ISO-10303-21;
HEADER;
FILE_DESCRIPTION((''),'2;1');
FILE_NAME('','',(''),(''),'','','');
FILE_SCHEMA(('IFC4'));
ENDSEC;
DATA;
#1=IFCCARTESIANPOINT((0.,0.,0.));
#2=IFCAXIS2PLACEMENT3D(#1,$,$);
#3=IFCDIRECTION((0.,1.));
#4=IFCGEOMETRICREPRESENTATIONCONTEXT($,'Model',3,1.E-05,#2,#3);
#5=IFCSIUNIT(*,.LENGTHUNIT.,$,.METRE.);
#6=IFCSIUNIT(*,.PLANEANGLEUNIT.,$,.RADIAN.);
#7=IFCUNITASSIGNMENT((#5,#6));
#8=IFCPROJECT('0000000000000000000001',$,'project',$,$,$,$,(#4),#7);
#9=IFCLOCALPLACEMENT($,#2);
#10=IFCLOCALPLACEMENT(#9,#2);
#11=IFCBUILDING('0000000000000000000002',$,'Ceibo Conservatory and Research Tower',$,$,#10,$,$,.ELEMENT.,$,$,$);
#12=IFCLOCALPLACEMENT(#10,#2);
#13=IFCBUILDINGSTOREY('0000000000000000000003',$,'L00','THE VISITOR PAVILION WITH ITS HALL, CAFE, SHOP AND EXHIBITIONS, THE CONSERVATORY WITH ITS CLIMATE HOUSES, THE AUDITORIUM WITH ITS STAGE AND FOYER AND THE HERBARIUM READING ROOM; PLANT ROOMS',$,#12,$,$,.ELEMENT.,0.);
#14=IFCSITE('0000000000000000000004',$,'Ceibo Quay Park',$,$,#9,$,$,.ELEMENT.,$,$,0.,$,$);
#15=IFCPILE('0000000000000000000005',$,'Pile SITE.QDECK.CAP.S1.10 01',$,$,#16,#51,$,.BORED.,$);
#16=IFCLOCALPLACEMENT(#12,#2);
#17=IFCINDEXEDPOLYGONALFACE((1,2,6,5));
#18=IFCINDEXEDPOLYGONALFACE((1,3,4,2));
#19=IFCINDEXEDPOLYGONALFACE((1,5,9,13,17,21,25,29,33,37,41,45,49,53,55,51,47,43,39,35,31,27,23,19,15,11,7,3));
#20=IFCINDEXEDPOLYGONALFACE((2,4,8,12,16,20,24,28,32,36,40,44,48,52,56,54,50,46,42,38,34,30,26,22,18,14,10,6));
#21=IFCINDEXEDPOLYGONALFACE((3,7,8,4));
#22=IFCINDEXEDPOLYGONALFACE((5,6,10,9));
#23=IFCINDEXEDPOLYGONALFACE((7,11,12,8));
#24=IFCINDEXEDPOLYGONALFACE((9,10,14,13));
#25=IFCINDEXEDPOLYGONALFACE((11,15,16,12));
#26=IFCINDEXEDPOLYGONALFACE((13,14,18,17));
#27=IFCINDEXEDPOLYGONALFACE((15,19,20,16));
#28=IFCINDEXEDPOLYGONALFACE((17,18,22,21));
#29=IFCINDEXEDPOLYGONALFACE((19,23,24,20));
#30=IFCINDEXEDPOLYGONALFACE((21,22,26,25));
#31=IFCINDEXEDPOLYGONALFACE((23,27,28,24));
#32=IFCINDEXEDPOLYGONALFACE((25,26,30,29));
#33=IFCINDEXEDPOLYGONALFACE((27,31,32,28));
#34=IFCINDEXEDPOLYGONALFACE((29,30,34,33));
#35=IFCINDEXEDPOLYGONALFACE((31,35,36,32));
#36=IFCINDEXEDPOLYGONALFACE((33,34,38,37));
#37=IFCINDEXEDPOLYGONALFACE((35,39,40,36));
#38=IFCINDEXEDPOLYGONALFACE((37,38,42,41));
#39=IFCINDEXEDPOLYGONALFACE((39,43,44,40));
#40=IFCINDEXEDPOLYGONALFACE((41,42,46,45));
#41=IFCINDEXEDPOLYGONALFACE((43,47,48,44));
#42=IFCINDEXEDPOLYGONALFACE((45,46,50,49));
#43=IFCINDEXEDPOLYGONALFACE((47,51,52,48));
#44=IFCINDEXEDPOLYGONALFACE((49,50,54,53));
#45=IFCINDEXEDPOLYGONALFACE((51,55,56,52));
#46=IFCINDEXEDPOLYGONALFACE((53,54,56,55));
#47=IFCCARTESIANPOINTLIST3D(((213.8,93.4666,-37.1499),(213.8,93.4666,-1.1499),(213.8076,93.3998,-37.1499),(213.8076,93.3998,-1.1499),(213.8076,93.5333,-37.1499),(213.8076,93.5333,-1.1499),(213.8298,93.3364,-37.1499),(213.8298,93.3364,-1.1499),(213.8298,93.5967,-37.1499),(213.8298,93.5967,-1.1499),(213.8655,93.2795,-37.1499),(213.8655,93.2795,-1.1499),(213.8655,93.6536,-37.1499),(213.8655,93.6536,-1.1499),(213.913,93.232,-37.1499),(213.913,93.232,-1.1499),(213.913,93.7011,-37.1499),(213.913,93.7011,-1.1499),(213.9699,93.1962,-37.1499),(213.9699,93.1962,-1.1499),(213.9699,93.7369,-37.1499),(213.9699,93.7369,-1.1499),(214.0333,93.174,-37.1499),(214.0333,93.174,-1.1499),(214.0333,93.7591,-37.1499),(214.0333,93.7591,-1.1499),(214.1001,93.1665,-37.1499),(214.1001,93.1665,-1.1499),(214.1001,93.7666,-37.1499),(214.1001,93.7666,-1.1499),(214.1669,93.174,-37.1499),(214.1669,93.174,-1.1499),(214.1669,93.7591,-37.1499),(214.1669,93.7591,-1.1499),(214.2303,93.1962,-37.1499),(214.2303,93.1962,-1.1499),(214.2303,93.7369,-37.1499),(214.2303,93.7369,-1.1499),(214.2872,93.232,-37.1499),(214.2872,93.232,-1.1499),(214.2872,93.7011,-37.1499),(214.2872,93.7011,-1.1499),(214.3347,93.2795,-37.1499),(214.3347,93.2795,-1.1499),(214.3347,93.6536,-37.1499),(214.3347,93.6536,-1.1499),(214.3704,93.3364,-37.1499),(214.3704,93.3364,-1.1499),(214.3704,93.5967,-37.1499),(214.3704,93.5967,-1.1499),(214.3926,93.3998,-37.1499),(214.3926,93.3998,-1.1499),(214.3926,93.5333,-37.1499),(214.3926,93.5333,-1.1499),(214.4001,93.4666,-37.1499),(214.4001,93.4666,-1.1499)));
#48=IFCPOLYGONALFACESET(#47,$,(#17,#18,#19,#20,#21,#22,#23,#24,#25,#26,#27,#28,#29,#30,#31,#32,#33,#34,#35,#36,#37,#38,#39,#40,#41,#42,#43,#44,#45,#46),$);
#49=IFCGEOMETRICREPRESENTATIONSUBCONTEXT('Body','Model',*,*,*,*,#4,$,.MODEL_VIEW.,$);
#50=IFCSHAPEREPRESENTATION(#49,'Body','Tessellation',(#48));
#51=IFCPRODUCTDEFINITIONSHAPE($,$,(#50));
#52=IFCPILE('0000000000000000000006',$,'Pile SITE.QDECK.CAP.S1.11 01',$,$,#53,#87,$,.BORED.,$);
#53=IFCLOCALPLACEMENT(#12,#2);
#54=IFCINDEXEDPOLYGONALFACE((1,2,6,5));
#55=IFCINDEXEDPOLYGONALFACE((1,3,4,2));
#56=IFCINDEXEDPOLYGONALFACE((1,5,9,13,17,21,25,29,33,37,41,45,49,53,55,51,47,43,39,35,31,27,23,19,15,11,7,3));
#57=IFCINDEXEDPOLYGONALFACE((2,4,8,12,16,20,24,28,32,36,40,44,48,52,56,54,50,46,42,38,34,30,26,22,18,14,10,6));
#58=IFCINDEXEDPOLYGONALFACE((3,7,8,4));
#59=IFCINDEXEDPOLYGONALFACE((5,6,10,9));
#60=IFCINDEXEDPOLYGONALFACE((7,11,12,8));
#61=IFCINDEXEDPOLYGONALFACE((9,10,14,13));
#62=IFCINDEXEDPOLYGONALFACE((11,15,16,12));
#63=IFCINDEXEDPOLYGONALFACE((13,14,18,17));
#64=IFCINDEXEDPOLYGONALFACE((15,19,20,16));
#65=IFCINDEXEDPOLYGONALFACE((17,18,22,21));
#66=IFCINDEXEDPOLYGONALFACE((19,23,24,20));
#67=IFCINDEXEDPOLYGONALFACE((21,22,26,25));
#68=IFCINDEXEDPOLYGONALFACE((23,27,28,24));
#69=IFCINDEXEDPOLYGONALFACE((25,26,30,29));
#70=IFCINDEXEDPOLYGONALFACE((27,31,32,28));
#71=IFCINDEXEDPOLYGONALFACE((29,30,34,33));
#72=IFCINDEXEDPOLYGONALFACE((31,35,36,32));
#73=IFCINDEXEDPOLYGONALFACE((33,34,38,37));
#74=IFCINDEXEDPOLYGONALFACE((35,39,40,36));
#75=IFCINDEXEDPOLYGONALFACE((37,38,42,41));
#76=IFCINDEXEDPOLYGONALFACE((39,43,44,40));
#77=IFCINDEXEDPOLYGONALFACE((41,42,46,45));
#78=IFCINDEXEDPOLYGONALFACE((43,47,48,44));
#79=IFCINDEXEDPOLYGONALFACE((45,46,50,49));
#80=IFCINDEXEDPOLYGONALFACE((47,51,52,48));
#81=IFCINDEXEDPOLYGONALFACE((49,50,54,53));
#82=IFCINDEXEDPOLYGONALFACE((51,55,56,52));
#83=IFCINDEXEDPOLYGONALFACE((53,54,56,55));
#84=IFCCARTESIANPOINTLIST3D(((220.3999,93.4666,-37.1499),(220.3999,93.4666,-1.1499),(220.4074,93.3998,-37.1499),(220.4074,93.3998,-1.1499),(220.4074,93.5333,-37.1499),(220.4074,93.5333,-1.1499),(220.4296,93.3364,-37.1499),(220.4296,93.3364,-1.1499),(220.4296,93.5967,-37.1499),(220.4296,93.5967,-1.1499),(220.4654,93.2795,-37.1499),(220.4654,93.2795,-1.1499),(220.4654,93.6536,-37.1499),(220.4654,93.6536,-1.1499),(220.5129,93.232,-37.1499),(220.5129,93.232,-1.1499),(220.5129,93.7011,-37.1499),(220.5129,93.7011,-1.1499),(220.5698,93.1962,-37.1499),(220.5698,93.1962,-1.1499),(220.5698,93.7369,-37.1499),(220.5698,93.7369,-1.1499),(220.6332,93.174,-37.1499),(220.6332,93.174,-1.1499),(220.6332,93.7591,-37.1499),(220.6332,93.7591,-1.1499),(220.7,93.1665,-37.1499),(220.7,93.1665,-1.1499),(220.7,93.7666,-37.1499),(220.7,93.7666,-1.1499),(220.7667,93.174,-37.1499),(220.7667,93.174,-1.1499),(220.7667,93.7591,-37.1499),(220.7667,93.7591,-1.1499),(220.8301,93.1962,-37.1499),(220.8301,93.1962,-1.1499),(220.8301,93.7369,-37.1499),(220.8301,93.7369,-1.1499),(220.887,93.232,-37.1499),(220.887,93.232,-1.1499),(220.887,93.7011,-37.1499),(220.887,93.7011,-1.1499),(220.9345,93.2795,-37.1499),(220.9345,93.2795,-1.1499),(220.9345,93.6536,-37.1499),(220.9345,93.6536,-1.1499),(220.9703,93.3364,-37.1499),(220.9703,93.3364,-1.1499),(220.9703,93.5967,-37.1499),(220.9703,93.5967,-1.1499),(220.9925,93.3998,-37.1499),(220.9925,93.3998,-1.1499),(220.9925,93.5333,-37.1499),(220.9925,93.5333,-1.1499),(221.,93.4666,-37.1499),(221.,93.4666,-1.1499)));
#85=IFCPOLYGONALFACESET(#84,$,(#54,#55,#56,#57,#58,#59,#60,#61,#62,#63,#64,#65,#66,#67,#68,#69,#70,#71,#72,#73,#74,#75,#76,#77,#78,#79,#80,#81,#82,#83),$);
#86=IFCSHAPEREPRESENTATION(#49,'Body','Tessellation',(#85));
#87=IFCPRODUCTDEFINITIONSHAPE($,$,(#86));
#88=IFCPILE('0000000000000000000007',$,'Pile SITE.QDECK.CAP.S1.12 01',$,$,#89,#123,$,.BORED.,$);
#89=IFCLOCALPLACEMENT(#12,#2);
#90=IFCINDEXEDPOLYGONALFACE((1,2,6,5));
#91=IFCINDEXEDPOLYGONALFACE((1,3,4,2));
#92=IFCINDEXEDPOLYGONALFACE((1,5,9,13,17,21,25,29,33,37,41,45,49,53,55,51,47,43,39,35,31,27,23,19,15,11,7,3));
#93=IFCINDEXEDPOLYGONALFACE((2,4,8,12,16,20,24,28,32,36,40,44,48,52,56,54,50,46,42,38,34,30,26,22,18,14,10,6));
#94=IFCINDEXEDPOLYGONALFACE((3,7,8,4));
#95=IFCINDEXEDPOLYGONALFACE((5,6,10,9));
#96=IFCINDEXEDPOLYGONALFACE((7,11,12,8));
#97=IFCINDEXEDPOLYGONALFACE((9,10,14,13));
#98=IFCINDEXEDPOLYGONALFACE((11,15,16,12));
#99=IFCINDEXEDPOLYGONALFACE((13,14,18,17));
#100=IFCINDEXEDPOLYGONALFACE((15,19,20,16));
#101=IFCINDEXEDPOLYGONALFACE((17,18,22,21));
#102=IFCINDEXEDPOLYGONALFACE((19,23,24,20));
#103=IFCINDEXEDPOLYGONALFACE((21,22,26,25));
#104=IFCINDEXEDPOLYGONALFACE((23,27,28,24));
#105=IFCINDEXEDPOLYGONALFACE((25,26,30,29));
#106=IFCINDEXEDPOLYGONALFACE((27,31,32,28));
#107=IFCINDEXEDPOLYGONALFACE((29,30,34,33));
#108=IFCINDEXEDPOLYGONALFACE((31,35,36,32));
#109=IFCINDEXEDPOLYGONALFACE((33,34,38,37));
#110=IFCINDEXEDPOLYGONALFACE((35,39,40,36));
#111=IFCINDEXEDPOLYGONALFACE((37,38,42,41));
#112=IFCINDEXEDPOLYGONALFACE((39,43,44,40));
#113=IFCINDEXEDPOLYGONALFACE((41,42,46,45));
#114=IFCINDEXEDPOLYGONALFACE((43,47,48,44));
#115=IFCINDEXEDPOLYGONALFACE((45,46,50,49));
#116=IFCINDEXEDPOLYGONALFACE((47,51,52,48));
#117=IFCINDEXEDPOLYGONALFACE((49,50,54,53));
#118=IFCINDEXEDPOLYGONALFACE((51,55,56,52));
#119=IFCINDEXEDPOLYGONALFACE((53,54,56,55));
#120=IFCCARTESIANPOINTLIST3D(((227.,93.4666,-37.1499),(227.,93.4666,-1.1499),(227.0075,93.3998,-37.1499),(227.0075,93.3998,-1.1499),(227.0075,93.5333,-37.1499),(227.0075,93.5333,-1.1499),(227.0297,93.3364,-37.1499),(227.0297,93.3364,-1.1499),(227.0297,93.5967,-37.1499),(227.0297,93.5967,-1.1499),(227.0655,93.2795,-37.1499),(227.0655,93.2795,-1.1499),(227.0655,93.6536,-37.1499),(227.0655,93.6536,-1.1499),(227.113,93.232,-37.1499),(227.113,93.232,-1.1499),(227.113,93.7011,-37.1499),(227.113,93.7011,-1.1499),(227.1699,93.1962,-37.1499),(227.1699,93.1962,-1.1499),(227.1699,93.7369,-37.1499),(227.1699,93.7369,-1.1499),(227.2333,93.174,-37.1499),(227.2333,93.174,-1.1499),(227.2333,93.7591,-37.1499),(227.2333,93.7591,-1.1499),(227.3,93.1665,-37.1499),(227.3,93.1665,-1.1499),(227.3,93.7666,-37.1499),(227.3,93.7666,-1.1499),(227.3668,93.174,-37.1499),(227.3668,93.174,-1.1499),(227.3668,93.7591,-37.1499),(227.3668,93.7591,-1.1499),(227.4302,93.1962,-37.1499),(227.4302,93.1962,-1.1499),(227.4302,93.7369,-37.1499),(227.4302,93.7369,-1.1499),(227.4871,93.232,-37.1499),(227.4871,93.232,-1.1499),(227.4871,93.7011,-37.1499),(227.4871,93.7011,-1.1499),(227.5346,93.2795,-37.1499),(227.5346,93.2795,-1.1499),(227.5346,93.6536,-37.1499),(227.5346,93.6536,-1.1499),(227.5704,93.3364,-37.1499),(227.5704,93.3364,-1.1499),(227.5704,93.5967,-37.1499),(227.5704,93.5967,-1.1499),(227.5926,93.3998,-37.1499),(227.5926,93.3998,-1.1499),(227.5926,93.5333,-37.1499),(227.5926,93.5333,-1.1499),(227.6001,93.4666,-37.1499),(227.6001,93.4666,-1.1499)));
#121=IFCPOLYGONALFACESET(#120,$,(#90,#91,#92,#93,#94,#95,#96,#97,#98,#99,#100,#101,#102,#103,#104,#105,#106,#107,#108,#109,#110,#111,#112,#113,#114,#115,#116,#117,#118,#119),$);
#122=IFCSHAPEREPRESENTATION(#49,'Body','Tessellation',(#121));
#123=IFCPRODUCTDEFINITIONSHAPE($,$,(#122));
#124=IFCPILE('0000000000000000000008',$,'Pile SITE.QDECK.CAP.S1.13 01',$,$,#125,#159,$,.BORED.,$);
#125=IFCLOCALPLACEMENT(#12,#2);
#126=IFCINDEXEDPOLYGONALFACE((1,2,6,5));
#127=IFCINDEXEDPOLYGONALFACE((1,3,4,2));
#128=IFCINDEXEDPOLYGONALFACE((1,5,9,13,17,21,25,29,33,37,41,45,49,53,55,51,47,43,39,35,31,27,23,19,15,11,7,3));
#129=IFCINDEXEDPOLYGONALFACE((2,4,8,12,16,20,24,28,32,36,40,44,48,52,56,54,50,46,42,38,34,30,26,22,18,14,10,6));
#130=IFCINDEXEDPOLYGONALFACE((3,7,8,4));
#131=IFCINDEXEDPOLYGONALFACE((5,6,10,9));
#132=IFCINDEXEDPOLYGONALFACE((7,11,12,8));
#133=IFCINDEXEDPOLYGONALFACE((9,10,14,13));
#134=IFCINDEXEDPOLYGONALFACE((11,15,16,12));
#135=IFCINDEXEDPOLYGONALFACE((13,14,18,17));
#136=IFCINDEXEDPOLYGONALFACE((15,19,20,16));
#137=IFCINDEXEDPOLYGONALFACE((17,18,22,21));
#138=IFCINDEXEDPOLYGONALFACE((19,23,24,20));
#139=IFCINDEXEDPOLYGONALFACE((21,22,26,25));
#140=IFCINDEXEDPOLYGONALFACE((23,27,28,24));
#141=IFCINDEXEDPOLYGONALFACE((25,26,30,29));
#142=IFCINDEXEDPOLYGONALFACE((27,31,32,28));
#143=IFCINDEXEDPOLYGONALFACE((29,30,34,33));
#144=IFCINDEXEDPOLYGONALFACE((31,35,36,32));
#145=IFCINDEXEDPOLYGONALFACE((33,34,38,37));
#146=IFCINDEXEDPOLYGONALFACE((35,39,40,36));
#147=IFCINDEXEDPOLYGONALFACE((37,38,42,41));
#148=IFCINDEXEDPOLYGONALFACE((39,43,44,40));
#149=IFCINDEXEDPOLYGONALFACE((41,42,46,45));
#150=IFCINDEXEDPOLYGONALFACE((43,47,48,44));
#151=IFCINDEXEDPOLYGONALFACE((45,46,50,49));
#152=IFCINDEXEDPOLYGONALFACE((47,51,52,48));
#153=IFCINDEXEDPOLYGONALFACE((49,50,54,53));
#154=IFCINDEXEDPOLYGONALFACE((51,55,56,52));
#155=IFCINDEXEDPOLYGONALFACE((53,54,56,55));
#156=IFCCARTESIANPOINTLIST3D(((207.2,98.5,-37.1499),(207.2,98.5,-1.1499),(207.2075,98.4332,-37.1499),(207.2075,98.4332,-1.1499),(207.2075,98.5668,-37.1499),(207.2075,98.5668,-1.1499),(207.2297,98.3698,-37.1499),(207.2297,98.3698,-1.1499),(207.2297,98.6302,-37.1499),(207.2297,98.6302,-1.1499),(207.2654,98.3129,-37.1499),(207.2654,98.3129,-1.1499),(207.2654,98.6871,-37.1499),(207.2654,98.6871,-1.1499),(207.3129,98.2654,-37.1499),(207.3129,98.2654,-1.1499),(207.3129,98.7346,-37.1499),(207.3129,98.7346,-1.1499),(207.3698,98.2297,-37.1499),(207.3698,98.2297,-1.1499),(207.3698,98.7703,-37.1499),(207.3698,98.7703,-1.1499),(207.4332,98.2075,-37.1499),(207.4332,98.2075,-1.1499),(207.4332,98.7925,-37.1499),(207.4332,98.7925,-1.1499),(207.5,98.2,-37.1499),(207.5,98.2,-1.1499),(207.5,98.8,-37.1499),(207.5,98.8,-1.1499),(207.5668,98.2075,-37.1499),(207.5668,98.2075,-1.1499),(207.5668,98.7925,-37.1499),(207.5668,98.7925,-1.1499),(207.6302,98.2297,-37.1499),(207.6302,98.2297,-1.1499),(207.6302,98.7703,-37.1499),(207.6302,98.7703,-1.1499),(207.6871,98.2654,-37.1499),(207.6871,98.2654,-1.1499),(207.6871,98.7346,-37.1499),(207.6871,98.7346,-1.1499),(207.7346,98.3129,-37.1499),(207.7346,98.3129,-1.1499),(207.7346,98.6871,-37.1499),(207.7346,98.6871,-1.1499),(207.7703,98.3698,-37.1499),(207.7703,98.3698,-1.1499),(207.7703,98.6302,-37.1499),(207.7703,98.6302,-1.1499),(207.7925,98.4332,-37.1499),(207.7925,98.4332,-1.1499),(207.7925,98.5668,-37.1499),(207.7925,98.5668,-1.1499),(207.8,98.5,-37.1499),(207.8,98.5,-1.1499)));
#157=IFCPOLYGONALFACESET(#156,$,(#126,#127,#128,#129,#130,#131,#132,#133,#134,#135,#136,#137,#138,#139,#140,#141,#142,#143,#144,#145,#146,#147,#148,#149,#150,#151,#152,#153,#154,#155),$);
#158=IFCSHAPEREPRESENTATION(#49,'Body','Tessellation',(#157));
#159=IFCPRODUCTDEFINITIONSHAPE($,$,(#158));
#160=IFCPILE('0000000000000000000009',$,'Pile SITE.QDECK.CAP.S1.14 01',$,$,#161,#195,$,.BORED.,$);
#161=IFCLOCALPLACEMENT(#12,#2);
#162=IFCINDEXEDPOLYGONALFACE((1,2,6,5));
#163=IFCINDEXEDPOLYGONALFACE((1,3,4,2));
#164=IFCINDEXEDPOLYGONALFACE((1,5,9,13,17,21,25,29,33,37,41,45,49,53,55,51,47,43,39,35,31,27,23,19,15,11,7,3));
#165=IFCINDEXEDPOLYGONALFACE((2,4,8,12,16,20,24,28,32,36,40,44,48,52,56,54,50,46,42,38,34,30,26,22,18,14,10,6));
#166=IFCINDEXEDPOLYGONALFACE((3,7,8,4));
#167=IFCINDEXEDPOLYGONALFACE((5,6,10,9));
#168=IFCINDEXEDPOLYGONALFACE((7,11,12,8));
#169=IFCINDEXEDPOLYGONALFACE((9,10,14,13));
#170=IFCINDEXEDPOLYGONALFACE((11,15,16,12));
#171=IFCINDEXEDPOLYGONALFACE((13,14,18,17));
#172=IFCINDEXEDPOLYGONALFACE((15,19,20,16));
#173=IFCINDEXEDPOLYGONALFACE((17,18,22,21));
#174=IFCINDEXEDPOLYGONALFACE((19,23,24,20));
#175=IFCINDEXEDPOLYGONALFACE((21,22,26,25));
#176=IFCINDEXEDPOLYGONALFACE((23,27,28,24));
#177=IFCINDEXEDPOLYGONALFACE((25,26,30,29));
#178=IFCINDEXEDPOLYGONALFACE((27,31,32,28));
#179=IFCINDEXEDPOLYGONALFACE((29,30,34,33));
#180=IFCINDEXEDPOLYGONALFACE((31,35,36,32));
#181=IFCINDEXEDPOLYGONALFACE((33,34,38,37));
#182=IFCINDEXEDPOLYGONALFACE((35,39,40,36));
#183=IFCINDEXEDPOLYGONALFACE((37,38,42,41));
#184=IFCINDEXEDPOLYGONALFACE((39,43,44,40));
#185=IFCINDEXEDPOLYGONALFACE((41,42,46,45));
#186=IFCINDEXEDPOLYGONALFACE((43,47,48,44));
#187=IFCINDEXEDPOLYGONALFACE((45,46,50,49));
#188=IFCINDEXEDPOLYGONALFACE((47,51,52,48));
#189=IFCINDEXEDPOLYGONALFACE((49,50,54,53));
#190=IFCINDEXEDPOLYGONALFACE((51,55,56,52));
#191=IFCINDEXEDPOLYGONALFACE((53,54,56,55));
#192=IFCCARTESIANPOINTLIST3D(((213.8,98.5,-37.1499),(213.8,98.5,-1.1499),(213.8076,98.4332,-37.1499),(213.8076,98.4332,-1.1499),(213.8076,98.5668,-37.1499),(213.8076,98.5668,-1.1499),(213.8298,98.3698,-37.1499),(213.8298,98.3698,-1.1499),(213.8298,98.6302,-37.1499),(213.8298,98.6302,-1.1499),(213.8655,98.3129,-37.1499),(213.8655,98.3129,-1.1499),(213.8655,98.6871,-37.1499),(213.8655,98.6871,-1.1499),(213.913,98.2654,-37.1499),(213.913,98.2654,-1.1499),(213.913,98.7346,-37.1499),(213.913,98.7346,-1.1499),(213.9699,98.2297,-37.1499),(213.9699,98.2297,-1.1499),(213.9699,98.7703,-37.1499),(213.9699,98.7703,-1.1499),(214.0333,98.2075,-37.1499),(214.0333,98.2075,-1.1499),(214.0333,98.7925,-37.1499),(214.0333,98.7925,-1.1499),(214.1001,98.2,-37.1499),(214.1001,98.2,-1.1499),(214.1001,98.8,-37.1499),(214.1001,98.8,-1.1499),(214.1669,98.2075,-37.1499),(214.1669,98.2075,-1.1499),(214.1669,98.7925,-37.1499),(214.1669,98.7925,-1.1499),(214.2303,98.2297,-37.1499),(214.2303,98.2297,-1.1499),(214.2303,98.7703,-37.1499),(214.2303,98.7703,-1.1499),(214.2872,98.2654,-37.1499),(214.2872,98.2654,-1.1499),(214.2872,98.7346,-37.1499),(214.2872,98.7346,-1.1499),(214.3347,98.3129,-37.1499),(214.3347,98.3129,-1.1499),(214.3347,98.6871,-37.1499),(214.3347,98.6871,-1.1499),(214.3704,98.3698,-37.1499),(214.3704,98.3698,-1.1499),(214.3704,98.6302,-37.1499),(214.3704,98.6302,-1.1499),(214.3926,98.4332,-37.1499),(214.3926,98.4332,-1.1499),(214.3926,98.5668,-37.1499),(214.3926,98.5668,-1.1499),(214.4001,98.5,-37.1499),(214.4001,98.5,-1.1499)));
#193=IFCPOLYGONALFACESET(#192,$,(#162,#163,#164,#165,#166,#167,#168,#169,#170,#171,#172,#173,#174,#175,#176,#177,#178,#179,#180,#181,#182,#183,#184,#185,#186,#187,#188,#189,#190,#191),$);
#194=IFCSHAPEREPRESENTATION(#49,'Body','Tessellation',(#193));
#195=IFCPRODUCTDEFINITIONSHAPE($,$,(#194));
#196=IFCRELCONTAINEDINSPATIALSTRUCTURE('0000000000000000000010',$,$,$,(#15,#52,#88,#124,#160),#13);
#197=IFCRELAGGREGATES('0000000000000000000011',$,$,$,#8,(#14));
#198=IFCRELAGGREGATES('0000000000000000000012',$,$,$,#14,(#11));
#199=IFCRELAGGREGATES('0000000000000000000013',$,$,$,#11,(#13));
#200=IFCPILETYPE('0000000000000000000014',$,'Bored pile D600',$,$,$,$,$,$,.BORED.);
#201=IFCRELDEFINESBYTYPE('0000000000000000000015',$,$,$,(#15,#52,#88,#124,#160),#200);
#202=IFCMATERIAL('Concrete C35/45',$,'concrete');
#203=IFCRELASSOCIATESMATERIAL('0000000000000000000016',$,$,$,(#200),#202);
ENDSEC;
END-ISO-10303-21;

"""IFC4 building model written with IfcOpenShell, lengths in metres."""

from ifc_helpers import new_model, si_unit, direction, frame, origin, origin_2d, place, context, subcontext, project, spatial, circle, extrude, material, material_profile, profile_set, type_object, element, save


model = new_model("IFC4")

# Units and contexts
model_context = context("Model", 3, precision=1e-05, world=origin(), true_north=direction((0.0, 1.0)))
body_context = subcontext(model_context, "Body", "Model", "MODEL_VIEW")
ifc_project = project(units=[si_unit("LENGTHUNIT", "METRE"), si_unit("PLANEANGLEUNIT", "RADIAN")], contexts=[model_context])

# Site, building, storey
site_placement = place(None, origin())
site = spatial("IfcSite", under=ifc_project, at=site_placement, Name="Ceibo Quay Park", CompositionType="ELEMENT", RefElevation=0.0)
building_placement = place(site_placement, origin())
building = spatial("IfcBuilding", under=site, at=building_placement, Name="Ceibo Conservatory and Research Tower", CompositionType="ELEMENT")
storey_placement = place(building_placement, origin())
storey = spatial("IfcBuildingStorey", under=building, at=storey_placement, Name="L00", Description="THE VISITOR PAVILION WITH ITS HALL, CAFE, SHOP AND EXHIBITIONS, THE CONSERVATORY WITH ITS CLIMATE HOUSES, THE AUDITORIUM WITH ITS STAGE AND FOYER AND THE HERBARIUM READING ROOM; PLANT ROOMS", CompositionType="ELEMENT", Elevation=0.0)

# Piles
ifc_material_1 = material(Name="Concrete C35/45", Category="concrete")
ifc_material_profile_1 = material_profile(ifc_material_1, circle(Radius=0.3, at=origin_2d()), Name="RC D600")
ifc_profile_set_1 = profile_set([ifc_material_profile_1], Name="Concrete C35/45")
pile_type = type_object("IfcPileType", Name="Bored pile D600", PredefinedType="BORED", material=ifc_profile_set_1)
for number, where, z_axis, x_axis, name in (
    (1, (214.1001, 93.4666, -1.1499), (0.0, 0.0, -1.0), (1.0, 0.0, 0.0), "Pile SITE.QDECK.CAP.S1.10 01"),
    (2, (220.7, 93.4666, -1.1499), (0.0, 0.0, -1.0), (1.0, 0.0, 0.0), "Pile SITE.QDECK.CAP.S1.11 01"),
    (3, (227.3, 93.4666, -1.1499), (0.0, 0.0, -1.0), (1.0, 0.0, 0.0), "Pile SITE.QDECK.CAP.S1.12 01"),
    (4, (207.5, 98.5, -1.1499), (0.0, 0.0, -1.0), (1.0, 0.0, 0.0), "Pile SITE.QDECK.CAP.S1.13 01"),
    (5, (214.1001, 98.5, -1.1499), (0.0, 0.0, -1.0), (1.0, 0.0, 0.0), "Pile SITE.QDECK.CAP.S1.14 01"),
):
    element("IfcPile", number, at=place(storey_placement, frame(where, z_axis=z_axis, x_axis=x_axis)), inside=storey, type_object=pile_type, Name=name, PredefinedType="BORED", context=body_context, shape_type="SweptSolid", body=[
        extrude(circle(Radius=0.3, at=origin_2d()), origin(), (0.0, 0.0, 1.0), 36.0),
    ])

save(model, "model.ifc")
